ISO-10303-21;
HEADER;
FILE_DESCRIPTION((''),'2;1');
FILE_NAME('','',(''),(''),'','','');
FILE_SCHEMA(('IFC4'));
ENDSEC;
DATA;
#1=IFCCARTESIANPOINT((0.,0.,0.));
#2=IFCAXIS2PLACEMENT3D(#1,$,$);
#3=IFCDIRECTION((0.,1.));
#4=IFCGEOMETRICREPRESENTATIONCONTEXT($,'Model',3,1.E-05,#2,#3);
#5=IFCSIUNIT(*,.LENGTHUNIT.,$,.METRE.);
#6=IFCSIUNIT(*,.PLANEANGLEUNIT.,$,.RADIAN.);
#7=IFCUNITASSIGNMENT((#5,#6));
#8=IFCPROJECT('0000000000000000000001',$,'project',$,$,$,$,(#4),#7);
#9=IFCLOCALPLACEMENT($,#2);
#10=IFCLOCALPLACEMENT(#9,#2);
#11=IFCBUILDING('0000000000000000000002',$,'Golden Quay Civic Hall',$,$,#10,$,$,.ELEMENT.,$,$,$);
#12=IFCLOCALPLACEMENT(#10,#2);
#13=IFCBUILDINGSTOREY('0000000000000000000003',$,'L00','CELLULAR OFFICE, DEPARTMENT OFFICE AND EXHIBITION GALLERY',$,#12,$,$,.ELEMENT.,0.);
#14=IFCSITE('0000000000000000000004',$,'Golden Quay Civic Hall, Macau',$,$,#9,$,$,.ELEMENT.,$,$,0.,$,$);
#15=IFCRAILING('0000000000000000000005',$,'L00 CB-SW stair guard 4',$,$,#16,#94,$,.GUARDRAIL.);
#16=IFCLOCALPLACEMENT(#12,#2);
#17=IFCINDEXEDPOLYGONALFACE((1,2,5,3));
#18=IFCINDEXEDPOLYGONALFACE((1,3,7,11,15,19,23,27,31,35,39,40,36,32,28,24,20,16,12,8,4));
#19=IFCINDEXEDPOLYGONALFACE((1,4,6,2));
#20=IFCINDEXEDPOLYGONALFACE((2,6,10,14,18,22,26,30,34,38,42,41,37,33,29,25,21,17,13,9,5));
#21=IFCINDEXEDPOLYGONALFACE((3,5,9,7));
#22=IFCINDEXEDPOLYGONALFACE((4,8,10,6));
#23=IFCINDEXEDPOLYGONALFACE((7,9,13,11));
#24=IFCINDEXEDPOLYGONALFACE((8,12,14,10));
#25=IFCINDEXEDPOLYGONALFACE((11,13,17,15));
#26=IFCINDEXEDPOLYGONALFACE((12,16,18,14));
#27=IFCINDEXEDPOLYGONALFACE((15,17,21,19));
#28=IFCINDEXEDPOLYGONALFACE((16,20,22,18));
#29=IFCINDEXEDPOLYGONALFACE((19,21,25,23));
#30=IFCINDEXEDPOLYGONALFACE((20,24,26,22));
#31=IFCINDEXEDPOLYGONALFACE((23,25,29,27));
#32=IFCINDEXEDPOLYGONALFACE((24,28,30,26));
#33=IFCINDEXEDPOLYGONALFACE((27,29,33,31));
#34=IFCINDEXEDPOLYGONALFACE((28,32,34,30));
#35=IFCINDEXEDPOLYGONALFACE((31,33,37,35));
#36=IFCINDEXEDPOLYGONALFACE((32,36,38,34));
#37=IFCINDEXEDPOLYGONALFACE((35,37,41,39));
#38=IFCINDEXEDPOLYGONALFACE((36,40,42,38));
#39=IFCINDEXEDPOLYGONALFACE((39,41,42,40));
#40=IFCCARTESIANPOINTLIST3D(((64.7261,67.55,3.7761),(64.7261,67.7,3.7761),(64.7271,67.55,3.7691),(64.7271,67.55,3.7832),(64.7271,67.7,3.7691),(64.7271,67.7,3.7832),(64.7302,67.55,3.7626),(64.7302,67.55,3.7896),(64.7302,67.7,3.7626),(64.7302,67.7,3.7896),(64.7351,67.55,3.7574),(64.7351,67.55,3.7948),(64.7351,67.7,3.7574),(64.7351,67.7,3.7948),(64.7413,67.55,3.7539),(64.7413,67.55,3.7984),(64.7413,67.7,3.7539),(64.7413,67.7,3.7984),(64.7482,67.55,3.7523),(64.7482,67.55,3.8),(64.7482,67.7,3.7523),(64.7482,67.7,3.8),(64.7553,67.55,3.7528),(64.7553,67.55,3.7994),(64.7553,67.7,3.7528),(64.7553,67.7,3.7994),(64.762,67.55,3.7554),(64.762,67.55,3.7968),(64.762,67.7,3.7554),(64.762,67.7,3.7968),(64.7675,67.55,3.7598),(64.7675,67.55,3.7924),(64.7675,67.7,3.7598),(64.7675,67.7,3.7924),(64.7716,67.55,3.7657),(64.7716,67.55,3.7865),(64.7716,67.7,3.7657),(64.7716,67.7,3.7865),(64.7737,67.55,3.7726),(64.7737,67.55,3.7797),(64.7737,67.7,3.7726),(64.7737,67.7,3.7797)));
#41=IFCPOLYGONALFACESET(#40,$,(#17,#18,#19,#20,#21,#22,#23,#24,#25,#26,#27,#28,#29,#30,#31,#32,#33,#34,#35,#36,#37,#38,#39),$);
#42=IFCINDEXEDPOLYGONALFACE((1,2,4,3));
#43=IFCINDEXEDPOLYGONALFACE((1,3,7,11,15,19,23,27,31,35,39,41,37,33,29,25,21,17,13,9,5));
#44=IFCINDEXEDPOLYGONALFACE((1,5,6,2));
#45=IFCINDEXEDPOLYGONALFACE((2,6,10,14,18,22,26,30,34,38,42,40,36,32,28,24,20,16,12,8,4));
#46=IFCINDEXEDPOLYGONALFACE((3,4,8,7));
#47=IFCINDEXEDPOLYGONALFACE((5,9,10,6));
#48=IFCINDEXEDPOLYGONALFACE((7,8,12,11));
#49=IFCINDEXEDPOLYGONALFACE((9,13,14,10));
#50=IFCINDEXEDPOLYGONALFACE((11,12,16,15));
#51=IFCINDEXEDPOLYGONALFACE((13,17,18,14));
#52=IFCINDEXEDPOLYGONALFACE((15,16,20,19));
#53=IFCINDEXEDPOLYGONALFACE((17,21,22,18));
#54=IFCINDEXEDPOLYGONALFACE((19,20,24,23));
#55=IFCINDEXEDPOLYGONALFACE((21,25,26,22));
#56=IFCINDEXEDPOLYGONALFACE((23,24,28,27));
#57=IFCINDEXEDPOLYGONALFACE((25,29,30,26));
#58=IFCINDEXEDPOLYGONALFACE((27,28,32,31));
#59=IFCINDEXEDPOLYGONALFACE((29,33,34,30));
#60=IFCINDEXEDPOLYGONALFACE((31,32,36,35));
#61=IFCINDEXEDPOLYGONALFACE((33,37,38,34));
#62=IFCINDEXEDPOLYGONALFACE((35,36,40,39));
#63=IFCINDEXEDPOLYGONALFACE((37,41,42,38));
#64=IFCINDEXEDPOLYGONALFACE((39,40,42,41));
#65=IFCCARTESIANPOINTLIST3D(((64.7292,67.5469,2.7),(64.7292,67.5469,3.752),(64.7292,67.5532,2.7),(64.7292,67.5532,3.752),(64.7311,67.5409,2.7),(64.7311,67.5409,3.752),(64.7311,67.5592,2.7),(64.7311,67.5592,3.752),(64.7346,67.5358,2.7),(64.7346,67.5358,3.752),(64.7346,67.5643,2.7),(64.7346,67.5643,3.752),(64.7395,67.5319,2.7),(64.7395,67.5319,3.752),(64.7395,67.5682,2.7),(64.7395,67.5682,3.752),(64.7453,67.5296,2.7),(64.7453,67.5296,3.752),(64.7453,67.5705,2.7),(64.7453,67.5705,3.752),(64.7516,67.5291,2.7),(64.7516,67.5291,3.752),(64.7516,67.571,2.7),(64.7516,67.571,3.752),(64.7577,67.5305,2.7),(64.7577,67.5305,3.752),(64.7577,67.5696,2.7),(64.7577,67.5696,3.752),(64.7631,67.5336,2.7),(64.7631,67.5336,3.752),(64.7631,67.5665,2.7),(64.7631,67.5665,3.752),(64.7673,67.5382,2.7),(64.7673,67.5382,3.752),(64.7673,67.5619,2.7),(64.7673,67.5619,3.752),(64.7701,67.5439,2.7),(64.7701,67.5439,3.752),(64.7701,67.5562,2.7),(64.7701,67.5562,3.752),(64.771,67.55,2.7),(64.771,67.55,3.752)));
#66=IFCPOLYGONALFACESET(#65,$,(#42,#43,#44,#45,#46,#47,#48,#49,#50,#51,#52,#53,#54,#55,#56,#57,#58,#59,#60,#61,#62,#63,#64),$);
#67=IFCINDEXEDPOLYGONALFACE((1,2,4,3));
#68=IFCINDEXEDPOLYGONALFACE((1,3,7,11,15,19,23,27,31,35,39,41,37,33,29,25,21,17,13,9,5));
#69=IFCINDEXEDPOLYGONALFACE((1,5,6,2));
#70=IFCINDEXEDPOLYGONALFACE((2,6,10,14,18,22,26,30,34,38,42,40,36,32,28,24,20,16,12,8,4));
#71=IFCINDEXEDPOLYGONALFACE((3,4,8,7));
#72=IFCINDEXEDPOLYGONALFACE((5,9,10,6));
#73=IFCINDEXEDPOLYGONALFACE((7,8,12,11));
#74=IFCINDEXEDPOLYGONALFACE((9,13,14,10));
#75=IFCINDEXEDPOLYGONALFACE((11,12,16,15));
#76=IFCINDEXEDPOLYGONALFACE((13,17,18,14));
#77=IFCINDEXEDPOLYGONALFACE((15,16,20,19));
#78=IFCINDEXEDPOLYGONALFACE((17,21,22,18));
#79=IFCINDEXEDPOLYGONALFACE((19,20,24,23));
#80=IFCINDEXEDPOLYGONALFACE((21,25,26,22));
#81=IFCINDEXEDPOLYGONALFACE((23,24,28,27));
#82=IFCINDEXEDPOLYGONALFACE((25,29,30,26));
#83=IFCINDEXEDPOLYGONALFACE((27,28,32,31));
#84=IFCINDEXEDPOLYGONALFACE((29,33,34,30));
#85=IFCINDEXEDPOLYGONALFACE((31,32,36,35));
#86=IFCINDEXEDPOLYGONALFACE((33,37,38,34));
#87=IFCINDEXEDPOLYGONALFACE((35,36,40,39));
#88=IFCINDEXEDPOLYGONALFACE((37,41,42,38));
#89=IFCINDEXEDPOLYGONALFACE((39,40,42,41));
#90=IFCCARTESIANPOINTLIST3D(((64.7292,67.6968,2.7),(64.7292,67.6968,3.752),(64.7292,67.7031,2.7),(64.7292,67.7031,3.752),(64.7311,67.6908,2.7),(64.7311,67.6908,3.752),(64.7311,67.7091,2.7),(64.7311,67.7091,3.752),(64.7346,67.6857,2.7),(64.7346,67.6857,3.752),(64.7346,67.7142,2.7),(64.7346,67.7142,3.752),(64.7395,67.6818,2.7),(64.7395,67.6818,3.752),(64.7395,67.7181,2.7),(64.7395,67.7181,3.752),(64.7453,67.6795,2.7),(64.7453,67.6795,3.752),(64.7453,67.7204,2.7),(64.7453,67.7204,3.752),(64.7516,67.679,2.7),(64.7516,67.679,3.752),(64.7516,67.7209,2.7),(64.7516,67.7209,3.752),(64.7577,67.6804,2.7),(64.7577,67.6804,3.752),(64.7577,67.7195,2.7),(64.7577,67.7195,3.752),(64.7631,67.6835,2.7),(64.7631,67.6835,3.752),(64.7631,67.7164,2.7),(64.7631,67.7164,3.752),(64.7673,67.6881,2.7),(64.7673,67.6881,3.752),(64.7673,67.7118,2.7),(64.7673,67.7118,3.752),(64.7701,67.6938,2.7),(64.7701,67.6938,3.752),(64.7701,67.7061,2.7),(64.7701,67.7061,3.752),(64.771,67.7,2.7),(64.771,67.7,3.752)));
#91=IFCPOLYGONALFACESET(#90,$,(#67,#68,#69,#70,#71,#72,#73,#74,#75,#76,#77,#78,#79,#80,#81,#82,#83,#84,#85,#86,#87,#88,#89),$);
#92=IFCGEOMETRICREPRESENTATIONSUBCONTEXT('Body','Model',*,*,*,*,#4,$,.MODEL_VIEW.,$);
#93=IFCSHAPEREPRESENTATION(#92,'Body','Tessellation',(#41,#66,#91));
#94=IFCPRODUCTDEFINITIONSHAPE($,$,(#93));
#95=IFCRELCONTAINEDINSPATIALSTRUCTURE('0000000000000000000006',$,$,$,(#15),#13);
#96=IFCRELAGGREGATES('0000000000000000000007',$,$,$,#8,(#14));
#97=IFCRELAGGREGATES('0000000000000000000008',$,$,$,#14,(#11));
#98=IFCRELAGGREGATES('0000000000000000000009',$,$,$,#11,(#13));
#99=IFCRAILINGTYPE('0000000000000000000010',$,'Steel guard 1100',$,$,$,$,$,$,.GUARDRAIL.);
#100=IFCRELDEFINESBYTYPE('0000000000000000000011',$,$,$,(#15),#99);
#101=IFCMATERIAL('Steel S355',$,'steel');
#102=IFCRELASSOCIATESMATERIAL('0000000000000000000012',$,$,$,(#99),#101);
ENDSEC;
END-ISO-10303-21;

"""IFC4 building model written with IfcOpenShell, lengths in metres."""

from ifc_helpers import new_model, si_unit, direction, frame, origin, origin_2d, place, context, subcontext, project, spatial, circle, extrude, material, type_object, element, save


model = new_model("IFC4")

# Units and contexts
model_context = context("Model", 3, precision=1e-05, world=origin(), true_north=direction((0.0, 1.0)))
body_context = subcontext(model_context, "Body", "Model", "MODEL_VIEW")
ifc_project = project(units=[si_unit("LENGTHUNIT", "METRE"), si_unit("PLANEANGLEUNIT", "RADIAN")], contexts=[model_context])

# Site, building, storey
site_placement = place(None, origin())
site = spatial("IfcSite", under=ifc_project, at=site_placement, Name="Golden Quay Civic Hall, Macau", CompositionType="ELEMENT", RefElevation=0.0)
building_placement = place(site_placement, origin())
building = spatial("IfcBuilding", under=site, at=building_placement, Name="Golden Quay Civic Hall", CompositionType="ELEMENT")
storey_placement = place(building_placement, origin())
storey = spatial("IfcBuildingStorey", under=building, at=storey_placement, Name="L00", Description="CELLULAR OFFICE, DEPARTMENT OFFICE AND EXHIBITION GALLERY", CompositionType="ELEMENT", Elevation=0.0)

# Railing
ifc_material_1 = material(Name="Steel S355", Category="steel")
railing_type_1 = type_object("IfcRailingType", Name="Steel guard 1100", PredefinedType="GUARDRAIL", material=ifc_material_1)
railing_1_placement = place(storey_placement, frame((64.75, 67.55, 2.7)))
element("IfcRailing", 1, at=railing_1_placement, inside=storey, type_object=railing_type_1, Name="L00 CB-SW stair guard 4", PredefinedType="GUARDRAIL", context=body_context, shape_type="SweptSolid", body=[
    extrude(circle(Radius=0.0239, at=origin_2d()), frame((0.0, 0.0, 1.0762), z_axis=(0.0, 1.0, 0.0), x_axis=(-1.0, 0.0, 0.0)), (0.0, 0.0, 1.0), 0.1499),
    extrude(circle(Radius=0.021, at=origin_2d()), origin(), (0.0, 0.0, 1.0), 1.052),
    extrude(circle(Radius=0.021, at=origin_2d()), frame((0.0, 0.1499, 0.0)), (0.0, 0.0, 1.0), 1.052),
])

save(model, "model.ifc")
